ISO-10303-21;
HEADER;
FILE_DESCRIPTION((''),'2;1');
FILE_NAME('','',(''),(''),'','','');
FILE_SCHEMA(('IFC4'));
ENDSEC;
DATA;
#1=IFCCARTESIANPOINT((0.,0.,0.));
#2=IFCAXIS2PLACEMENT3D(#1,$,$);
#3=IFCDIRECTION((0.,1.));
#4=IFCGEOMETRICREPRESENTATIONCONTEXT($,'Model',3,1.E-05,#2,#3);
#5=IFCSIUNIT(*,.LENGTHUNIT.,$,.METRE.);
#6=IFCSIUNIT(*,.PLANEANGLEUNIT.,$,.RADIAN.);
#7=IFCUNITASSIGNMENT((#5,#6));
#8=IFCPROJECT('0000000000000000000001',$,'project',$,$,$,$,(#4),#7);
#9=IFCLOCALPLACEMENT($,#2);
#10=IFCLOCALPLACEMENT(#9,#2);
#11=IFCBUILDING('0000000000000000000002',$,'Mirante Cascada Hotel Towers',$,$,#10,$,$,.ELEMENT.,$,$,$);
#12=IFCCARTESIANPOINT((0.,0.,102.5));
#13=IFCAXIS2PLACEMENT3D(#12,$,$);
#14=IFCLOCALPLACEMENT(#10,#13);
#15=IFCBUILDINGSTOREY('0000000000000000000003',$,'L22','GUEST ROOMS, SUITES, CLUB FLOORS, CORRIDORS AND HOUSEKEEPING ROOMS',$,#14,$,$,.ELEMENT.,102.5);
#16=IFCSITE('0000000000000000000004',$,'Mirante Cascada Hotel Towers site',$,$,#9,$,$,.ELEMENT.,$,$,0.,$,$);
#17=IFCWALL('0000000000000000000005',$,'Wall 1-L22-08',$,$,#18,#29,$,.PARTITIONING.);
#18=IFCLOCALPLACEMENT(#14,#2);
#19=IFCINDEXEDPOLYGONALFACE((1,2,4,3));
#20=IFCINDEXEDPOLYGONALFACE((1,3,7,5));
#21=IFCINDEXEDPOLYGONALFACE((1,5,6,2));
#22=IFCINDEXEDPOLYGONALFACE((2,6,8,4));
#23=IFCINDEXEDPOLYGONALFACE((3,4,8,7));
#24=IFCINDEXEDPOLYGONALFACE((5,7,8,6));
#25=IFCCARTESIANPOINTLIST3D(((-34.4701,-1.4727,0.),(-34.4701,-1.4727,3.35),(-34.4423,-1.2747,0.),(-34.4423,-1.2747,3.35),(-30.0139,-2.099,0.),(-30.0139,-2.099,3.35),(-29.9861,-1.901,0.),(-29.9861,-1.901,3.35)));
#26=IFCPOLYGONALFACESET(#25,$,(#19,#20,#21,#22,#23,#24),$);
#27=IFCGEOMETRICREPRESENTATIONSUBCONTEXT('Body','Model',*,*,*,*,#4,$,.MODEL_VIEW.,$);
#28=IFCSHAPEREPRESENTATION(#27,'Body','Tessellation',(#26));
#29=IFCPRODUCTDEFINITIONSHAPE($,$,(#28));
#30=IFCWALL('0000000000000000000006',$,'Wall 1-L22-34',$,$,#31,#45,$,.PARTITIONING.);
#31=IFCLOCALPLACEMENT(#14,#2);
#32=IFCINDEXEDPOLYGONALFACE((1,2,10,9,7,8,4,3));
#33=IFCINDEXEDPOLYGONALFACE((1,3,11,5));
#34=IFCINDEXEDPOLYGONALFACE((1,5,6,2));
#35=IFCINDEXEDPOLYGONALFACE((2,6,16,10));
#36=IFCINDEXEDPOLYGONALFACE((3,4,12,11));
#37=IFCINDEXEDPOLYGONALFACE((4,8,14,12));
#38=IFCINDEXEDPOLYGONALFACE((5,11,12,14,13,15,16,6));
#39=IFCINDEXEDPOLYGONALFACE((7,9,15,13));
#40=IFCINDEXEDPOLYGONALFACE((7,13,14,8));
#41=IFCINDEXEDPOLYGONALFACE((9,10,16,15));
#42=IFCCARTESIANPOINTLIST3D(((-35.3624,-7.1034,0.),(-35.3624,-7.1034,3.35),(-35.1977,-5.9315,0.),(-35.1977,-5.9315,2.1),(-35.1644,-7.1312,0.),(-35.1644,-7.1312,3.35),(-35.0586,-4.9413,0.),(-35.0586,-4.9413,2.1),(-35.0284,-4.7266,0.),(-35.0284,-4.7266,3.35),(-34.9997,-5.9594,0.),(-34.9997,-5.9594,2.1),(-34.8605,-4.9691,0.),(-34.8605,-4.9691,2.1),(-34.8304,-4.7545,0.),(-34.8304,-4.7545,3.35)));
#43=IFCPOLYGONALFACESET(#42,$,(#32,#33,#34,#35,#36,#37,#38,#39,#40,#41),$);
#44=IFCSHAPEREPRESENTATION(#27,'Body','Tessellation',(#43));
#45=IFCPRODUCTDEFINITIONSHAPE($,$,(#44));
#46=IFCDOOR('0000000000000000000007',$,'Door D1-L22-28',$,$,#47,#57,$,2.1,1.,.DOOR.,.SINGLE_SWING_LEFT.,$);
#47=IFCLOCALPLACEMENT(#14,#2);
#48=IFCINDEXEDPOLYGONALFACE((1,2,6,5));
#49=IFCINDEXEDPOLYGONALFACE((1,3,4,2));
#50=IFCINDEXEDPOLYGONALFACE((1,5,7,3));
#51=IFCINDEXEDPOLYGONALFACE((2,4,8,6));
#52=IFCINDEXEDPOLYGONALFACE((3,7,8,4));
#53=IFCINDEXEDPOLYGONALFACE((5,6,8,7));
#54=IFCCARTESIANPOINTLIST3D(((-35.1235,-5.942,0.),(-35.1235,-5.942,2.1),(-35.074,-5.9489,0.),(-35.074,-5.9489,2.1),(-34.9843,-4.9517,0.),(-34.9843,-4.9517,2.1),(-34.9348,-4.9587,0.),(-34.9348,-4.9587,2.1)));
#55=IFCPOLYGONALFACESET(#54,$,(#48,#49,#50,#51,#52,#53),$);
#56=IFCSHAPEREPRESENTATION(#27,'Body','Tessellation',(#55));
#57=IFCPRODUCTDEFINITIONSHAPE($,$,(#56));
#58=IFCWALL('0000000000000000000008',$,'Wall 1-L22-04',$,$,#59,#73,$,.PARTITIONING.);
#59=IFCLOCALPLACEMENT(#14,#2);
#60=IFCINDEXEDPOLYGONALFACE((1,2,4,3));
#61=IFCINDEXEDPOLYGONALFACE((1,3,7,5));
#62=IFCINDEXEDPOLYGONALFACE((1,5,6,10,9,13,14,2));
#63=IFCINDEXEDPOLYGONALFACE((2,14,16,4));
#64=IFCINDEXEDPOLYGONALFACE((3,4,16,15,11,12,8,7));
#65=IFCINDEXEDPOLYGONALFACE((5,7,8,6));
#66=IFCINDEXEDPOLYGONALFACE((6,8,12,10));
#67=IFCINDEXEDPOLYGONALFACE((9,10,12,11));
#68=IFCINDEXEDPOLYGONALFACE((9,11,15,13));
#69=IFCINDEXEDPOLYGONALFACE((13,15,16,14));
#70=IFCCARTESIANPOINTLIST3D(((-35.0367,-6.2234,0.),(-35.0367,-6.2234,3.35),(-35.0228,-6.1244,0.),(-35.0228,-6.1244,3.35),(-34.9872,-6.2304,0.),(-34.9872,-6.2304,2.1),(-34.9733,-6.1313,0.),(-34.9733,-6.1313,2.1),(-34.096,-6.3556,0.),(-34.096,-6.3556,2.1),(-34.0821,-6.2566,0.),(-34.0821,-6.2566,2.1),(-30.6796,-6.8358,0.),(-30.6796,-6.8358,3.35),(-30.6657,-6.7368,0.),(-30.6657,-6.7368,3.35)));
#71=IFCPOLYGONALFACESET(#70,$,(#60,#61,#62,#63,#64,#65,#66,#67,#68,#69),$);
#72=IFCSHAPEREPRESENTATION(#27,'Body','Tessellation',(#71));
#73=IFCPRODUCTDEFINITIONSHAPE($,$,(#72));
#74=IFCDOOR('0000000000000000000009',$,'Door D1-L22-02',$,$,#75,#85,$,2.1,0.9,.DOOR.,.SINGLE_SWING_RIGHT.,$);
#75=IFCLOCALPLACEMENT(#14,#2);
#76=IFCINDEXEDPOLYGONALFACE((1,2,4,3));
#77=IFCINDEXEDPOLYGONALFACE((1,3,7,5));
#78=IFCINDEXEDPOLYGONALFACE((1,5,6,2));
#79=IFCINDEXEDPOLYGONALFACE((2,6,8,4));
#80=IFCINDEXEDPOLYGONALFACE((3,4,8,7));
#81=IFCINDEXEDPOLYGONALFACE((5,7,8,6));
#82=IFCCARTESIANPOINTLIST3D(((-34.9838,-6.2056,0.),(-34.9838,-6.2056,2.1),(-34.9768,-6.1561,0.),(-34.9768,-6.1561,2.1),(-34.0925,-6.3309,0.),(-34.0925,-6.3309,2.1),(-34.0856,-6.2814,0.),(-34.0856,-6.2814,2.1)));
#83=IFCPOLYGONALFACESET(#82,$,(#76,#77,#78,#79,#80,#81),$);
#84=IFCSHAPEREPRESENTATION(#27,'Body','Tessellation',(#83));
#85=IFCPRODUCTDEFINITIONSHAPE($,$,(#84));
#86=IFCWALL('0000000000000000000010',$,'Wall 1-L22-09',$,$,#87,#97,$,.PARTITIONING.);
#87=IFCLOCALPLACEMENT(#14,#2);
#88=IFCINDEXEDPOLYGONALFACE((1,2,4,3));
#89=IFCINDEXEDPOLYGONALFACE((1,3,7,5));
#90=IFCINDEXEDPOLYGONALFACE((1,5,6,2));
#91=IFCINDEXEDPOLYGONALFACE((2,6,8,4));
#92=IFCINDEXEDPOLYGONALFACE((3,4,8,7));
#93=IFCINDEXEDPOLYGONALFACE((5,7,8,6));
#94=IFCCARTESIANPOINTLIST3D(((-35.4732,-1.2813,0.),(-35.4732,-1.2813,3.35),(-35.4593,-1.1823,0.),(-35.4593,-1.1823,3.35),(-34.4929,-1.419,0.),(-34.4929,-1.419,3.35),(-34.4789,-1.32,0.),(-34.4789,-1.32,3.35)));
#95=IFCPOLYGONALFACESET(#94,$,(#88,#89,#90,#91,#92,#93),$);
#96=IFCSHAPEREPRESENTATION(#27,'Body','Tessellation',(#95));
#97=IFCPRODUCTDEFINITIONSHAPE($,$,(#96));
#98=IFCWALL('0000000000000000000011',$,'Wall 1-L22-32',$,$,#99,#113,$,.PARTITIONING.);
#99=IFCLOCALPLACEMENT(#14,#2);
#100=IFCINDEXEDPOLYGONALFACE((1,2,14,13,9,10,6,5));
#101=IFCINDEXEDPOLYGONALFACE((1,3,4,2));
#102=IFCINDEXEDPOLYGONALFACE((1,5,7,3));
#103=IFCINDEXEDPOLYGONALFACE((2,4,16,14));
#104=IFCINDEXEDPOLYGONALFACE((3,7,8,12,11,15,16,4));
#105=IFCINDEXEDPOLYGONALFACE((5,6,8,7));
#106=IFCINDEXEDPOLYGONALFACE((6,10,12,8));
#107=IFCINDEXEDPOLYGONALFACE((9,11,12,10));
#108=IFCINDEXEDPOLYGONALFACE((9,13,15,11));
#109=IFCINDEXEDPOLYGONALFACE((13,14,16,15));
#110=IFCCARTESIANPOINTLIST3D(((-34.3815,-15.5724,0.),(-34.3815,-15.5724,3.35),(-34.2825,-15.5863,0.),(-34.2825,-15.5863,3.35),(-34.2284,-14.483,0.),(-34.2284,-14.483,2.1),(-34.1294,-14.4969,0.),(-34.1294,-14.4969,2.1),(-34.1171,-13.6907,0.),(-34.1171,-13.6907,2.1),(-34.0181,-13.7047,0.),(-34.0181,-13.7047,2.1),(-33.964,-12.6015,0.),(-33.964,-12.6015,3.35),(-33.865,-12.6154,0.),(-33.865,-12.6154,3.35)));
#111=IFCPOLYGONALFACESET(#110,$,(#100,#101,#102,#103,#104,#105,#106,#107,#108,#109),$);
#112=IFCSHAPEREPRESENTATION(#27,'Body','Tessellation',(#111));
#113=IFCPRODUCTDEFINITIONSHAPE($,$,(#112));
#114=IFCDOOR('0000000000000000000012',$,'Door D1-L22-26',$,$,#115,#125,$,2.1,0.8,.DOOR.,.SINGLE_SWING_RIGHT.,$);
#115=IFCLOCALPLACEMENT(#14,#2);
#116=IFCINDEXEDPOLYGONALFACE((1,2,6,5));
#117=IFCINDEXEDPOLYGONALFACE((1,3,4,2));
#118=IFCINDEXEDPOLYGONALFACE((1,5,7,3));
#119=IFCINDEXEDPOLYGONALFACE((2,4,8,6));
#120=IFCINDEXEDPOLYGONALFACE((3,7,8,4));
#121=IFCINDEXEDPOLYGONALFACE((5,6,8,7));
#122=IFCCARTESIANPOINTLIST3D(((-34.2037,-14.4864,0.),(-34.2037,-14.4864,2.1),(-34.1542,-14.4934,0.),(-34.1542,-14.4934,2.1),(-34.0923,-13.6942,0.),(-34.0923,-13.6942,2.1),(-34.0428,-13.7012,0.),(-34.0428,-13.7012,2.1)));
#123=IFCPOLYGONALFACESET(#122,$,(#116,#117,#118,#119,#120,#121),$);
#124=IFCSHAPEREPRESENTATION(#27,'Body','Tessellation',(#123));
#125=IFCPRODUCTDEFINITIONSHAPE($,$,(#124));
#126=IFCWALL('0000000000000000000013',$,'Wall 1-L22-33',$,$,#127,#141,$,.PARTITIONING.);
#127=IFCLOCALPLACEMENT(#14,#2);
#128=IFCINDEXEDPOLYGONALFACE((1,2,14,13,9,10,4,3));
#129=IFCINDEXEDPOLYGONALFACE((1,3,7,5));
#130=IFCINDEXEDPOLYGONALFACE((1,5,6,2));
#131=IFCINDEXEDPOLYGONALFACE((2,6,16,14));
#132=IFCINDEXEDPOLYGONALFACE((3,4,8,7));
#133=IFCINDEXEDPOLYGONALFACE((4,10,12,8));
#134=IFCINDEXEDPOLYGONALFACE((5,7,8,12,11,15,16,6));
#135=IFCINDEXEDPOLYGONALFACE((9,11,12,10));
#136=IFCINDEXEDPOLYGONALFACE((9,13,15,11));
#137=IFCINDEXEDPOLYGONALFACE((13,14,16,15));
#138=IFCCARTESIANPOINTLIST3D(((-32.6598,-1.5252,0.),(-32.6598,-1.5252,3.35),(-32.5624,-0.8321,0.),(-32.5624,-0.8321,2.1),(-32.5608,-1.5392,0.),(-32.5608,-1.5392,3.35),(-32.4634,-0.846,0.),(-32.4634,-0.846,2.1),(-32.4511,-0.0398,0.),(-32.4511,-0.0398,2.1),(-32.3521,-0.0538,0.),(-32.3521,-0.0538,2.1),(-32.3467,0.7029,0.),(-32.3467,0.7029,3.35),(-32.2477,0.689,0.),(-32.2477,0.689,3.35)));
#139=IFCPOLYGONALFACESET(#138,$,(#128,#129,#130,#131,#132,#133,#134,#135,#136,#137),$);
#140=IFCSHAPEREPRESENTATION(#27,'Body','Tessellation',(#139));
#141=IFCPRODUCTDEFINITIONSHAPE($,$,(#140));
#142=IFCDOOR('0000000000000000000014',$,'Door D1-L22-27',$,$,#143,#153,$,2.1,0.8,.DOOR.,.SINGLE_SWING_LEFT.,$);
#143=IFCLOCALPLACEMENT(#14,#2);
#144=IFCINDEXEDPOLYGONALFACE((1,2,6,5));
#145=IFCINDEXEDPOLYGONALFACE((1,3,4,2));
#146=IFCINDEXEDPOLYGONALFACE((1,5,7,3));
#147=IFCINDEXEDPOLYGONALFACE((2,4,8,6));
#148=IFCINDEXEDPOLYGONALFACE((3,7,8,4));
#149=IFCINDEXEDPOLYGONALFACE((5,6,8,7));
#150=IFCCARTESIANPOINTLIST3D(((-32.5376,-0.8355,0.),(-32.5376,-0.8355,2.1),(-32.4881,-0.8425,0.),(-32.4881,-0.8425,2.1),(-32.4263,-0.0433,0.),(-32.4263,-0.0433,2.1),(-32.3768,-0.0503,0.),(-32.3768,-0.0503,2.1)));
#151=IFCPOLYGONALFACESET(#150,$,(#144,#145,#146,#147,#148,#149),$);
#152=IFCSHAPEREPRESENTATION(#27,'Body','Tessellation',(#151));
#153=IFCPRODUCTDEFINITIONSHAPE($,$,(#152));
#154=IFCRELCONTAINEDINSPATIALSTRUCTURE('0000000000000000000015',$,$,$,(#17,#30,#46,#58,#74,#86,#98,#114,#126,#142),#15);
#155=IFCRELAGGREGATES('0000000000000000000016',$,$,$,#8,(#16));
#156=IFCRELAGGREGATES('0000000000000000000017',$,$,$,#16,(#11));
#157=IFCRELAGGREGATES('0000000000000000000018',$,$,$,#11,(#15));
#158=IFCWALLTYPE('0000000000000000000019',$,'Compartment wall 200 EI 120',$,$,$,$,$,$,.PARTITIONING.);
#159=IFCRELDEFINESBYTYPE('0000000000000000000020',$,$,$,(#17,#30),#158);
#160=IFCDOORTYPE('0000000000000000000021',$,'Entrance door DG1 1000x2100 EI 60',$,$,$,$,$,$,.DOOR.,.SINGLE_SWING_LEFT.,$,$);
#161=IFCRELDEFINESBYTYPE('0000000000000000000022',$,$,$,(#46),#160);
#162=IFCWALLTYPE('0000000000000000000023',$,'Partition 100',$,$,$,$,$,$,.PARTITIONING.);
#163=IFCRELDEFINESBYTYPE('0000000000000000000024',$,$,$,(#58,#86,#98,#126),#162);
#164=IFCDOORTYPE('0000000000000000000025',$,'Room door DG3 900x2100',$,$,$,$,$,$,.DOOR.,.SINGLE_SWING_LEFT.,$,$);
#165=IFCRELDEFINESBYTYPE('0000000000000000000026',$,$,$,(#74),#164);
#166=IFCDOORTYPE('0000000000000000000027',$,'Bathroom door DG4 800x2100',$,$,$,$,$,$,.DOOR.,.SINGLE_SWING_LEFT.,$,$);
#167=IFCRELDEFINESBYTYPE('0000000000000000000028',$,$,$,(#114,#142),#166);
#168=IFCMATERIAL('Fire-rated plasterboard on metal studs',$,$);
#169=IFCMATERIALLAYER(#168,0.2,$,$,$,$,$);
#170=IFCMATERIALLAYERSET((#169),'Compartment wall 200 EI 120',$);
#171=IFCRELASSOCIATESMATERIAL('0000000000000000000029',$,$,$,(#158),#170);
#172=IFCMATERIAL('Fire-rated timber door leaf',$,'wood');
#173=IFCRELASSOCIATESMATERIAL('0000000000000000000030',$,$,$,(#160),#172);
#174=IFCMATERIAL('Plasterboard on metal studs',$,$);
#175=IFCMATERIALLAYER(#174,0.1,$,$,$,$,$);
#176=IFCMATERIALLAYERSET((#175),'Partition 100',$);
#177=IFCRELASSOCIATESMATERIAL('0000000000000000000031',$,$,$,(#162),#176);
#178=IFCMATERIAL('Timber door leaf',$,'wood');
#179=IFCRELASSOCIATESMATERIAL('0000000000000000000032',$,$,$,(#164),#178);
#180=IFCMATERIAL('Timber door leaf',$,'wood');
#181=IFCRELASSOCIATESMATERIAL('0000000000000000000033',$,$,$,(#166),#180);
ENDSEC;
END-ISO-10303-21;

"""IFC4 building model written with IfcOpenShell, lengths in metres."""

from ifc_helpers import new_model, si_unit, direction, frame, frame_2d, origin, place, context, subcontext, project, spatial, rectangle, extrude, material, layer, layer_set, type_object, element, fill, save


model = new_model("IFC4")

# Units and contexts
model_context = context("Model", 3, precision=1e-05, world=origin(), true_north=direction((0.0, 1.0)))
body_context = subcontext(model_context, "Body", "Model", "MODEL_VIEW")
ifc_project = project(units=[si_unit("LENGTHUNIT", "METRE"), si_unit("PLANEANGLEUNIT", "RADIAN")], contexts=[model_context])

# Site, building, storey
site_placement = place(None, origin())
site = spatial("IfcSite", under=ifc_project, at=site_placement, Name="Mirante Cascada Hotel Towers site", CompositionType="ELEMENT", RefElevation=0.0)
building_placement = place(site_placement, origin())
building = spatial("IfcBuilding", under=site, at=building_placement, Name="Mirante Cascada Hotel Towers", CompositionType="ELEMENT")
storey_placement = place(building_placement, frame((0.0, 0.0, 102.5)))
storey = spatial("IfcBuildingStorey", under=building, at=storey_placement, Name="L22", Description="GUEST ROOMS, SUITES, CLUB FLOORS, CORRIDORS AND HOUSEKEEPING ROOMS", CompositionType="ELEMENT", Elevation=102.5)

# Wall
ifc_material_1 = material(Name="Fire-rated plasterboard on metal studs")
ifc_layer_1 = layer(ifc_material_1, 0.2)
ifc_layer_set_1 = layer_set([ifc_layer_1], Name="Compartment wall 200 EI 120")
wall_type_1 = type_object("IfcWallType", Name="Compartment wall 200 EI 120", PredefinedType="PARTITIONING", material=ifc_layer_set_1)
wall_1_placement = place(storey_placement, frame((-34.4562, -1.3737, 0.0), z_axis=(0.0, 0.0, 1.0), x_axis=(0.990267, -0.139178, 0.0)))
element("IfcWall", 1, at=wall_1_placement, inside=storey, type_object=wall_type_1, Name="Wall 1-L22-08", PredefinedType="PARTITIONING", context=body_context, shape_type="SweptSolid", body=[
    extrude(rectangle(XDim=4.5, YDim=0.2, at=frame_2d((2.25, 0.0))), origin(), (0.0, 0.0, 1.0), 3.35),
])

# Walls, openings, doors
wall_2_placement = place(storey_placement, frame((-34.9294, -4.7406, 0.0), z_axis=(0.0, 0.0, 1.0), x_axis=(-0.139163, -0.990269, 0.0)))
wall_2 = element("IfcWall", 2, at=wall_2_placement, inside=storey, type_object=wall_type_1, Name="Wall 1-L22-34", PredefinedType="PARTITIONING", context=body_context, shape_type="SweptSolid", body=[
    extrude(rectangle(XDim=2.4001, YDim=0.2, at=frame_2d((1.2, 0.0))), origin(), (0.0, 0.0, 1.0), 3.35),
])
opening_1_placement = place(wall_2_placement, frame((0.2167, 0.0, 0.0)))
opening_1 = element("IfcOpeningElement", 3, at=opening_1_placement, cuts=wall_2, PredefinedType="OPENING", context=body_context, shape_type="SweptSolid", body=[
    extrude(rectangle(XDim=1.0, YDim=2.1, at=frame_2d((0.5, 1.05))), frame((0.0, 0.1, 0.0), z_axis=(0.0, -1.0, 0.0), x_axis=(1.0, 0.0, 0.0)), (0.0, 0.0, 1.0), 0.2),
])
ifc_material_2 = material(Name="Fire-rated timber door leaf", Category="wood")
door_type_1 = type_object("IfcDoorType", Name="Entrance door DG1 1000x2100 EI 60", OperationType="SINGLE_SWING_LEFT", PredefinedType="DOOR", material=ifc_material_2)
door_1_placement = place(opening_1_placement, origin())
door_1 = element("IfcDoor", 4, at=door_1_placement, inside=storey, type_object=door_type_1, Name="Door D1-L22-28", OperationType="SINGLE_SWING_LEFT", OverallHeight=2.1, OverallWidth=1.0, PredefinedType="DOOR", context=body_context, shape_type="SweptSolid", body=[
    extrude(rectangle(XDim=1.0, YDim=2.1, at=frame_2d((0.5, 1.05))), frame((0.0, 0.025, 0.0), z_axis=(0.0, -1.0, 0.0), x_axis=(1.0, 0.0, 0.0)), (0.0, 0.0, 1.0), 0.05),
])
fill(opening_1, door_1)
ifc_material_3 = material(Name="Plasterboard on metal studs")
ifc_layer_2 = layer(ifc_material_3, 0.1)
ifc_layer_set_2 = layer_set([ifc_layer_2], Name="Partition 100")
wall_type_2 = type_object("IfcWallType", Name="Partition 100", PredefinedType="PARTITIONING", material=ifc_layer_set_2)
wall_3_placement = place(storey_placement, frame((-35.0298, -6.1739, 0.0), z_axis=(0.0, 0.0, 1.0), x_axis=(0.990267, -0.139184, 0.0)))
wall_3 = element("IfcWall", 5, at=wall_3_placement, inside=storey, type_object=wall_type_2, Name="Wall 1-L22-04", PredefinedType="PARTITIONING", context=body_context, shape_type="SweptSolid", body=[
    extrude(rectangle(XDim=4.3999, YDim=0.1, at=frame_2d((2.2, 0.0))), origin(), (0.0, 0.0, 1.0), 3.35),
])
opening_2_placement = place(wall_3_placement, frame((0.05, 0.0, 0.0)))
opening_2 = element("IfcOpeningElement", 6, at=opening_2_placement, cuts=wall_3, PredefinedType="OPENING", context=body_context, shape_type="SweptSolid", body=[
    extrude(rectangle(XDim=0.9, YDim=2.1, at=frame_2d((0.45, 1.05))), frame((0.0, 0.05, 0.0), z_axis=(0.0, -1.0, 0.0), x_axis=(1.0, 0.0, 0.0)), (0.0, 0.0, 1.0), 0.1),
])
ifc_material_4 = material(Name="Timber door leaf", Category="wood")
door_type_2 = type_object("IfcDoorType", Name="Room door DG3 900x2100", OperationType="SINGLE_SWING_LEFT", PredefinedType="DOOR", material=ifc_material_4)
door_2_placement = place(opening_2_placement, frame((0.9, 0.0, 0.0), z_axis=(0.0, 0.0, 1.0), x_axis=(-1.0, 0.0, 0.0)))
door_2 = element("IfcDoor", 7, at=door_2_placement, inside=storey, type_object=door_type_2, Name="Door D1-L22-02", OperationType="SINGLE_SWING_RIGHT", OverallHeight=2.1, OverallWidth=0.9, PredefinedType="DOOR", context=body_context, shape_type="SweptSolid", body=[
    extrude(rectangle(XDim=0.9, YDim=2.1, at=frame_2d((0.45, 1.05))), frame((0.0, 0.025, 0.0), z_axis=(0.0, -1.0, 0.0), x_axis=(1.0, 0.0, 0.0)), (0.0, 0.0, 1.0), 0.05),
])
fill(opening_2, door_2)

# Wall
wall_4_placement = place(storey_placement, frame((-34.4859, -1.3695, 0.0), z_axis=(0.0, 0.0, 1.0), x_axis=(-0.99028, 0.139088, 0.0)))
element("IfcWall", 8, at=wall_4_placement, inside=storey, type_object=wall_type_2, Name="Wall 1-L22-09", PredefinedType="PARTITIONING", context=body_context, shape_type="SweptSolid", body=[
    extrude(rectangle(XDim=0.99, YDim=0.1, at=frame_2d((0.495, 0.0))), origin(), (0.0, 0.0, 1.0), 3.35),
])

# Walls, openings, doors
wall_5_placement = place(storey_placement, frame((-33.9145, -12.6084, 0.0), z_axis=(0.0, 0.0, 1.0), x_axis=(-0.139162, -0.99027, 0.0)))
wall_5 = element("IfcWall", 9, at=wall_5_placement, inside=storey, type_object=wall_type_2, Name="Wall 1-L22-32", PredefinedType="PARTITIONING", context=body_context, shape_type="SweptSolid", body=[
    extrude(rectangle(XDim=3.0001, YDim=0.1, at=frame_2d((1.5001, 0.0))), origin(), (0.0, 0.0, 1.0), 3.35),
])
opening_3_placement = place(wall_5_placement, frame((1.1, 0.0, 0.0)))
opening_3 = element("IfcOpeningElement", 10, at=opening_3_placement, cuts=wall_5, PredefinedType="OPENING", context=body_context, shape_type="SweptSolid", body=[
    extrude(rectangle(XDim=0.8, YDim=2.1, at=frame_2d((0.4, 1.05))), frame((0.0, 0.05, 0.0), z_axis=(0.0, -1.0, 0.0), x_axis=(1.0, 0.0, 0.0)), (0.0, 0.0, 1.0), 0.1),
])
ifc_material_5 = material(Name="Timber door leaf", Category="wood")
door_type_3 = type_object("IfcDoorType", Name="Bathroom door DG4 800x2100", OperationType="SINGLE_SWING_LEFT", PredefinedType="DOOR", material=ifc_material_5)
door_3_placement = place(opening_3_placement, frame((0.8, 0.0, 0.0), z_axis=(0.0, 0.0, 1.0), x_axis=(-1.0, 0.0, 0.0)))
door_3 = element("IfcDoor", 11, at=door_3_placement, inside=storey, type_object=door_type_3, Name="Door D1-L22-26", OperationType="SINGLE_SWING_RIGHT", OverallHeight=2.1, OverallWidth=0.8, PredefinedType="DOOR", context=body_context, shape_type="SweptSolid", body=[
    extrude(rectangle(XDim=0.8, YDim=2.1, at=frame_2d((0.4, 1.05))), frame((0.0, 0.025, 0.0), z_axis=(0.0, -1.0, 0.0), x_axis=(1.0, 0.0, 0.0)), (0.0, 0.0, 1.0), 0.05),
])
fill(opening_3, door_3)
wall_6_placement = place(storey_placement, frame((-32.6103, -1.5322, 0.0), z_axis=(0.0, 0.0, 1.0), x_axis=(0.139156, 0.990271, 0.0)))
wall_6 = element("IfcWall", 12, at=wall_6_placement, inside=storey, type_object=wall_type_2, Name="Wall 1-L22-33", PredefinedType="PARTITIONING", context=body_context, shape_type="SweptSolid", body=[
    extrude(rectangle(XDim=2.25, YDim=0.1, at=frame_2d((1.125, 0.0))), origin(), (0.0, 0.0, 1.0), 3.35),
])
opening_4_placement = place(wall_6_placement, frame((0.7, 0.0, 0.0)))
opening_4 = element("IfcOpeningElement", 13, at=opening_4_placement, cuts=wall_6, PredefinedType="OPENING", context=body_context, shape_type="SweptSolid", body=[
    extrude(rectangle(XDim=0.8, YDim=2.1, at=frame_2d((0.4, 1.05))), frame((0.0, 0.05, 0.0), z_axis=(0.0, -1.0, 0.0), x_axis=(1.0, 0.0, 0.0)), (0.0, 0.0, 1.0), 0.1),
])
door_4_placement = place(opening_4_placement, origin())
door_4 = element("IfcDoor", 14, at=door_4_placement, inside=storey, type_object=door_type_3, Name="Door D1-L22-27", OperationType="SINGLE_SWING_LEFT", OverallHeight=2.1, OverallWidth=0.8, PredefinedType="DOOR", context=body_context, shape_type="SweptSolid", body=[
    extrude(rectangle(XDim=0.8, YDim=2.1, at=frame_2d((0.4, 1.05))), frame((0.0, 0.025, 0.0), z_axis=(0.0, -1.0, 0.0), x_axis=(1.0, 0.0, 0.0)), (0.0, 0.0, 1.0), 0.05),
])
fill(opening_4, door_4)

save(model, "model.ifc")
